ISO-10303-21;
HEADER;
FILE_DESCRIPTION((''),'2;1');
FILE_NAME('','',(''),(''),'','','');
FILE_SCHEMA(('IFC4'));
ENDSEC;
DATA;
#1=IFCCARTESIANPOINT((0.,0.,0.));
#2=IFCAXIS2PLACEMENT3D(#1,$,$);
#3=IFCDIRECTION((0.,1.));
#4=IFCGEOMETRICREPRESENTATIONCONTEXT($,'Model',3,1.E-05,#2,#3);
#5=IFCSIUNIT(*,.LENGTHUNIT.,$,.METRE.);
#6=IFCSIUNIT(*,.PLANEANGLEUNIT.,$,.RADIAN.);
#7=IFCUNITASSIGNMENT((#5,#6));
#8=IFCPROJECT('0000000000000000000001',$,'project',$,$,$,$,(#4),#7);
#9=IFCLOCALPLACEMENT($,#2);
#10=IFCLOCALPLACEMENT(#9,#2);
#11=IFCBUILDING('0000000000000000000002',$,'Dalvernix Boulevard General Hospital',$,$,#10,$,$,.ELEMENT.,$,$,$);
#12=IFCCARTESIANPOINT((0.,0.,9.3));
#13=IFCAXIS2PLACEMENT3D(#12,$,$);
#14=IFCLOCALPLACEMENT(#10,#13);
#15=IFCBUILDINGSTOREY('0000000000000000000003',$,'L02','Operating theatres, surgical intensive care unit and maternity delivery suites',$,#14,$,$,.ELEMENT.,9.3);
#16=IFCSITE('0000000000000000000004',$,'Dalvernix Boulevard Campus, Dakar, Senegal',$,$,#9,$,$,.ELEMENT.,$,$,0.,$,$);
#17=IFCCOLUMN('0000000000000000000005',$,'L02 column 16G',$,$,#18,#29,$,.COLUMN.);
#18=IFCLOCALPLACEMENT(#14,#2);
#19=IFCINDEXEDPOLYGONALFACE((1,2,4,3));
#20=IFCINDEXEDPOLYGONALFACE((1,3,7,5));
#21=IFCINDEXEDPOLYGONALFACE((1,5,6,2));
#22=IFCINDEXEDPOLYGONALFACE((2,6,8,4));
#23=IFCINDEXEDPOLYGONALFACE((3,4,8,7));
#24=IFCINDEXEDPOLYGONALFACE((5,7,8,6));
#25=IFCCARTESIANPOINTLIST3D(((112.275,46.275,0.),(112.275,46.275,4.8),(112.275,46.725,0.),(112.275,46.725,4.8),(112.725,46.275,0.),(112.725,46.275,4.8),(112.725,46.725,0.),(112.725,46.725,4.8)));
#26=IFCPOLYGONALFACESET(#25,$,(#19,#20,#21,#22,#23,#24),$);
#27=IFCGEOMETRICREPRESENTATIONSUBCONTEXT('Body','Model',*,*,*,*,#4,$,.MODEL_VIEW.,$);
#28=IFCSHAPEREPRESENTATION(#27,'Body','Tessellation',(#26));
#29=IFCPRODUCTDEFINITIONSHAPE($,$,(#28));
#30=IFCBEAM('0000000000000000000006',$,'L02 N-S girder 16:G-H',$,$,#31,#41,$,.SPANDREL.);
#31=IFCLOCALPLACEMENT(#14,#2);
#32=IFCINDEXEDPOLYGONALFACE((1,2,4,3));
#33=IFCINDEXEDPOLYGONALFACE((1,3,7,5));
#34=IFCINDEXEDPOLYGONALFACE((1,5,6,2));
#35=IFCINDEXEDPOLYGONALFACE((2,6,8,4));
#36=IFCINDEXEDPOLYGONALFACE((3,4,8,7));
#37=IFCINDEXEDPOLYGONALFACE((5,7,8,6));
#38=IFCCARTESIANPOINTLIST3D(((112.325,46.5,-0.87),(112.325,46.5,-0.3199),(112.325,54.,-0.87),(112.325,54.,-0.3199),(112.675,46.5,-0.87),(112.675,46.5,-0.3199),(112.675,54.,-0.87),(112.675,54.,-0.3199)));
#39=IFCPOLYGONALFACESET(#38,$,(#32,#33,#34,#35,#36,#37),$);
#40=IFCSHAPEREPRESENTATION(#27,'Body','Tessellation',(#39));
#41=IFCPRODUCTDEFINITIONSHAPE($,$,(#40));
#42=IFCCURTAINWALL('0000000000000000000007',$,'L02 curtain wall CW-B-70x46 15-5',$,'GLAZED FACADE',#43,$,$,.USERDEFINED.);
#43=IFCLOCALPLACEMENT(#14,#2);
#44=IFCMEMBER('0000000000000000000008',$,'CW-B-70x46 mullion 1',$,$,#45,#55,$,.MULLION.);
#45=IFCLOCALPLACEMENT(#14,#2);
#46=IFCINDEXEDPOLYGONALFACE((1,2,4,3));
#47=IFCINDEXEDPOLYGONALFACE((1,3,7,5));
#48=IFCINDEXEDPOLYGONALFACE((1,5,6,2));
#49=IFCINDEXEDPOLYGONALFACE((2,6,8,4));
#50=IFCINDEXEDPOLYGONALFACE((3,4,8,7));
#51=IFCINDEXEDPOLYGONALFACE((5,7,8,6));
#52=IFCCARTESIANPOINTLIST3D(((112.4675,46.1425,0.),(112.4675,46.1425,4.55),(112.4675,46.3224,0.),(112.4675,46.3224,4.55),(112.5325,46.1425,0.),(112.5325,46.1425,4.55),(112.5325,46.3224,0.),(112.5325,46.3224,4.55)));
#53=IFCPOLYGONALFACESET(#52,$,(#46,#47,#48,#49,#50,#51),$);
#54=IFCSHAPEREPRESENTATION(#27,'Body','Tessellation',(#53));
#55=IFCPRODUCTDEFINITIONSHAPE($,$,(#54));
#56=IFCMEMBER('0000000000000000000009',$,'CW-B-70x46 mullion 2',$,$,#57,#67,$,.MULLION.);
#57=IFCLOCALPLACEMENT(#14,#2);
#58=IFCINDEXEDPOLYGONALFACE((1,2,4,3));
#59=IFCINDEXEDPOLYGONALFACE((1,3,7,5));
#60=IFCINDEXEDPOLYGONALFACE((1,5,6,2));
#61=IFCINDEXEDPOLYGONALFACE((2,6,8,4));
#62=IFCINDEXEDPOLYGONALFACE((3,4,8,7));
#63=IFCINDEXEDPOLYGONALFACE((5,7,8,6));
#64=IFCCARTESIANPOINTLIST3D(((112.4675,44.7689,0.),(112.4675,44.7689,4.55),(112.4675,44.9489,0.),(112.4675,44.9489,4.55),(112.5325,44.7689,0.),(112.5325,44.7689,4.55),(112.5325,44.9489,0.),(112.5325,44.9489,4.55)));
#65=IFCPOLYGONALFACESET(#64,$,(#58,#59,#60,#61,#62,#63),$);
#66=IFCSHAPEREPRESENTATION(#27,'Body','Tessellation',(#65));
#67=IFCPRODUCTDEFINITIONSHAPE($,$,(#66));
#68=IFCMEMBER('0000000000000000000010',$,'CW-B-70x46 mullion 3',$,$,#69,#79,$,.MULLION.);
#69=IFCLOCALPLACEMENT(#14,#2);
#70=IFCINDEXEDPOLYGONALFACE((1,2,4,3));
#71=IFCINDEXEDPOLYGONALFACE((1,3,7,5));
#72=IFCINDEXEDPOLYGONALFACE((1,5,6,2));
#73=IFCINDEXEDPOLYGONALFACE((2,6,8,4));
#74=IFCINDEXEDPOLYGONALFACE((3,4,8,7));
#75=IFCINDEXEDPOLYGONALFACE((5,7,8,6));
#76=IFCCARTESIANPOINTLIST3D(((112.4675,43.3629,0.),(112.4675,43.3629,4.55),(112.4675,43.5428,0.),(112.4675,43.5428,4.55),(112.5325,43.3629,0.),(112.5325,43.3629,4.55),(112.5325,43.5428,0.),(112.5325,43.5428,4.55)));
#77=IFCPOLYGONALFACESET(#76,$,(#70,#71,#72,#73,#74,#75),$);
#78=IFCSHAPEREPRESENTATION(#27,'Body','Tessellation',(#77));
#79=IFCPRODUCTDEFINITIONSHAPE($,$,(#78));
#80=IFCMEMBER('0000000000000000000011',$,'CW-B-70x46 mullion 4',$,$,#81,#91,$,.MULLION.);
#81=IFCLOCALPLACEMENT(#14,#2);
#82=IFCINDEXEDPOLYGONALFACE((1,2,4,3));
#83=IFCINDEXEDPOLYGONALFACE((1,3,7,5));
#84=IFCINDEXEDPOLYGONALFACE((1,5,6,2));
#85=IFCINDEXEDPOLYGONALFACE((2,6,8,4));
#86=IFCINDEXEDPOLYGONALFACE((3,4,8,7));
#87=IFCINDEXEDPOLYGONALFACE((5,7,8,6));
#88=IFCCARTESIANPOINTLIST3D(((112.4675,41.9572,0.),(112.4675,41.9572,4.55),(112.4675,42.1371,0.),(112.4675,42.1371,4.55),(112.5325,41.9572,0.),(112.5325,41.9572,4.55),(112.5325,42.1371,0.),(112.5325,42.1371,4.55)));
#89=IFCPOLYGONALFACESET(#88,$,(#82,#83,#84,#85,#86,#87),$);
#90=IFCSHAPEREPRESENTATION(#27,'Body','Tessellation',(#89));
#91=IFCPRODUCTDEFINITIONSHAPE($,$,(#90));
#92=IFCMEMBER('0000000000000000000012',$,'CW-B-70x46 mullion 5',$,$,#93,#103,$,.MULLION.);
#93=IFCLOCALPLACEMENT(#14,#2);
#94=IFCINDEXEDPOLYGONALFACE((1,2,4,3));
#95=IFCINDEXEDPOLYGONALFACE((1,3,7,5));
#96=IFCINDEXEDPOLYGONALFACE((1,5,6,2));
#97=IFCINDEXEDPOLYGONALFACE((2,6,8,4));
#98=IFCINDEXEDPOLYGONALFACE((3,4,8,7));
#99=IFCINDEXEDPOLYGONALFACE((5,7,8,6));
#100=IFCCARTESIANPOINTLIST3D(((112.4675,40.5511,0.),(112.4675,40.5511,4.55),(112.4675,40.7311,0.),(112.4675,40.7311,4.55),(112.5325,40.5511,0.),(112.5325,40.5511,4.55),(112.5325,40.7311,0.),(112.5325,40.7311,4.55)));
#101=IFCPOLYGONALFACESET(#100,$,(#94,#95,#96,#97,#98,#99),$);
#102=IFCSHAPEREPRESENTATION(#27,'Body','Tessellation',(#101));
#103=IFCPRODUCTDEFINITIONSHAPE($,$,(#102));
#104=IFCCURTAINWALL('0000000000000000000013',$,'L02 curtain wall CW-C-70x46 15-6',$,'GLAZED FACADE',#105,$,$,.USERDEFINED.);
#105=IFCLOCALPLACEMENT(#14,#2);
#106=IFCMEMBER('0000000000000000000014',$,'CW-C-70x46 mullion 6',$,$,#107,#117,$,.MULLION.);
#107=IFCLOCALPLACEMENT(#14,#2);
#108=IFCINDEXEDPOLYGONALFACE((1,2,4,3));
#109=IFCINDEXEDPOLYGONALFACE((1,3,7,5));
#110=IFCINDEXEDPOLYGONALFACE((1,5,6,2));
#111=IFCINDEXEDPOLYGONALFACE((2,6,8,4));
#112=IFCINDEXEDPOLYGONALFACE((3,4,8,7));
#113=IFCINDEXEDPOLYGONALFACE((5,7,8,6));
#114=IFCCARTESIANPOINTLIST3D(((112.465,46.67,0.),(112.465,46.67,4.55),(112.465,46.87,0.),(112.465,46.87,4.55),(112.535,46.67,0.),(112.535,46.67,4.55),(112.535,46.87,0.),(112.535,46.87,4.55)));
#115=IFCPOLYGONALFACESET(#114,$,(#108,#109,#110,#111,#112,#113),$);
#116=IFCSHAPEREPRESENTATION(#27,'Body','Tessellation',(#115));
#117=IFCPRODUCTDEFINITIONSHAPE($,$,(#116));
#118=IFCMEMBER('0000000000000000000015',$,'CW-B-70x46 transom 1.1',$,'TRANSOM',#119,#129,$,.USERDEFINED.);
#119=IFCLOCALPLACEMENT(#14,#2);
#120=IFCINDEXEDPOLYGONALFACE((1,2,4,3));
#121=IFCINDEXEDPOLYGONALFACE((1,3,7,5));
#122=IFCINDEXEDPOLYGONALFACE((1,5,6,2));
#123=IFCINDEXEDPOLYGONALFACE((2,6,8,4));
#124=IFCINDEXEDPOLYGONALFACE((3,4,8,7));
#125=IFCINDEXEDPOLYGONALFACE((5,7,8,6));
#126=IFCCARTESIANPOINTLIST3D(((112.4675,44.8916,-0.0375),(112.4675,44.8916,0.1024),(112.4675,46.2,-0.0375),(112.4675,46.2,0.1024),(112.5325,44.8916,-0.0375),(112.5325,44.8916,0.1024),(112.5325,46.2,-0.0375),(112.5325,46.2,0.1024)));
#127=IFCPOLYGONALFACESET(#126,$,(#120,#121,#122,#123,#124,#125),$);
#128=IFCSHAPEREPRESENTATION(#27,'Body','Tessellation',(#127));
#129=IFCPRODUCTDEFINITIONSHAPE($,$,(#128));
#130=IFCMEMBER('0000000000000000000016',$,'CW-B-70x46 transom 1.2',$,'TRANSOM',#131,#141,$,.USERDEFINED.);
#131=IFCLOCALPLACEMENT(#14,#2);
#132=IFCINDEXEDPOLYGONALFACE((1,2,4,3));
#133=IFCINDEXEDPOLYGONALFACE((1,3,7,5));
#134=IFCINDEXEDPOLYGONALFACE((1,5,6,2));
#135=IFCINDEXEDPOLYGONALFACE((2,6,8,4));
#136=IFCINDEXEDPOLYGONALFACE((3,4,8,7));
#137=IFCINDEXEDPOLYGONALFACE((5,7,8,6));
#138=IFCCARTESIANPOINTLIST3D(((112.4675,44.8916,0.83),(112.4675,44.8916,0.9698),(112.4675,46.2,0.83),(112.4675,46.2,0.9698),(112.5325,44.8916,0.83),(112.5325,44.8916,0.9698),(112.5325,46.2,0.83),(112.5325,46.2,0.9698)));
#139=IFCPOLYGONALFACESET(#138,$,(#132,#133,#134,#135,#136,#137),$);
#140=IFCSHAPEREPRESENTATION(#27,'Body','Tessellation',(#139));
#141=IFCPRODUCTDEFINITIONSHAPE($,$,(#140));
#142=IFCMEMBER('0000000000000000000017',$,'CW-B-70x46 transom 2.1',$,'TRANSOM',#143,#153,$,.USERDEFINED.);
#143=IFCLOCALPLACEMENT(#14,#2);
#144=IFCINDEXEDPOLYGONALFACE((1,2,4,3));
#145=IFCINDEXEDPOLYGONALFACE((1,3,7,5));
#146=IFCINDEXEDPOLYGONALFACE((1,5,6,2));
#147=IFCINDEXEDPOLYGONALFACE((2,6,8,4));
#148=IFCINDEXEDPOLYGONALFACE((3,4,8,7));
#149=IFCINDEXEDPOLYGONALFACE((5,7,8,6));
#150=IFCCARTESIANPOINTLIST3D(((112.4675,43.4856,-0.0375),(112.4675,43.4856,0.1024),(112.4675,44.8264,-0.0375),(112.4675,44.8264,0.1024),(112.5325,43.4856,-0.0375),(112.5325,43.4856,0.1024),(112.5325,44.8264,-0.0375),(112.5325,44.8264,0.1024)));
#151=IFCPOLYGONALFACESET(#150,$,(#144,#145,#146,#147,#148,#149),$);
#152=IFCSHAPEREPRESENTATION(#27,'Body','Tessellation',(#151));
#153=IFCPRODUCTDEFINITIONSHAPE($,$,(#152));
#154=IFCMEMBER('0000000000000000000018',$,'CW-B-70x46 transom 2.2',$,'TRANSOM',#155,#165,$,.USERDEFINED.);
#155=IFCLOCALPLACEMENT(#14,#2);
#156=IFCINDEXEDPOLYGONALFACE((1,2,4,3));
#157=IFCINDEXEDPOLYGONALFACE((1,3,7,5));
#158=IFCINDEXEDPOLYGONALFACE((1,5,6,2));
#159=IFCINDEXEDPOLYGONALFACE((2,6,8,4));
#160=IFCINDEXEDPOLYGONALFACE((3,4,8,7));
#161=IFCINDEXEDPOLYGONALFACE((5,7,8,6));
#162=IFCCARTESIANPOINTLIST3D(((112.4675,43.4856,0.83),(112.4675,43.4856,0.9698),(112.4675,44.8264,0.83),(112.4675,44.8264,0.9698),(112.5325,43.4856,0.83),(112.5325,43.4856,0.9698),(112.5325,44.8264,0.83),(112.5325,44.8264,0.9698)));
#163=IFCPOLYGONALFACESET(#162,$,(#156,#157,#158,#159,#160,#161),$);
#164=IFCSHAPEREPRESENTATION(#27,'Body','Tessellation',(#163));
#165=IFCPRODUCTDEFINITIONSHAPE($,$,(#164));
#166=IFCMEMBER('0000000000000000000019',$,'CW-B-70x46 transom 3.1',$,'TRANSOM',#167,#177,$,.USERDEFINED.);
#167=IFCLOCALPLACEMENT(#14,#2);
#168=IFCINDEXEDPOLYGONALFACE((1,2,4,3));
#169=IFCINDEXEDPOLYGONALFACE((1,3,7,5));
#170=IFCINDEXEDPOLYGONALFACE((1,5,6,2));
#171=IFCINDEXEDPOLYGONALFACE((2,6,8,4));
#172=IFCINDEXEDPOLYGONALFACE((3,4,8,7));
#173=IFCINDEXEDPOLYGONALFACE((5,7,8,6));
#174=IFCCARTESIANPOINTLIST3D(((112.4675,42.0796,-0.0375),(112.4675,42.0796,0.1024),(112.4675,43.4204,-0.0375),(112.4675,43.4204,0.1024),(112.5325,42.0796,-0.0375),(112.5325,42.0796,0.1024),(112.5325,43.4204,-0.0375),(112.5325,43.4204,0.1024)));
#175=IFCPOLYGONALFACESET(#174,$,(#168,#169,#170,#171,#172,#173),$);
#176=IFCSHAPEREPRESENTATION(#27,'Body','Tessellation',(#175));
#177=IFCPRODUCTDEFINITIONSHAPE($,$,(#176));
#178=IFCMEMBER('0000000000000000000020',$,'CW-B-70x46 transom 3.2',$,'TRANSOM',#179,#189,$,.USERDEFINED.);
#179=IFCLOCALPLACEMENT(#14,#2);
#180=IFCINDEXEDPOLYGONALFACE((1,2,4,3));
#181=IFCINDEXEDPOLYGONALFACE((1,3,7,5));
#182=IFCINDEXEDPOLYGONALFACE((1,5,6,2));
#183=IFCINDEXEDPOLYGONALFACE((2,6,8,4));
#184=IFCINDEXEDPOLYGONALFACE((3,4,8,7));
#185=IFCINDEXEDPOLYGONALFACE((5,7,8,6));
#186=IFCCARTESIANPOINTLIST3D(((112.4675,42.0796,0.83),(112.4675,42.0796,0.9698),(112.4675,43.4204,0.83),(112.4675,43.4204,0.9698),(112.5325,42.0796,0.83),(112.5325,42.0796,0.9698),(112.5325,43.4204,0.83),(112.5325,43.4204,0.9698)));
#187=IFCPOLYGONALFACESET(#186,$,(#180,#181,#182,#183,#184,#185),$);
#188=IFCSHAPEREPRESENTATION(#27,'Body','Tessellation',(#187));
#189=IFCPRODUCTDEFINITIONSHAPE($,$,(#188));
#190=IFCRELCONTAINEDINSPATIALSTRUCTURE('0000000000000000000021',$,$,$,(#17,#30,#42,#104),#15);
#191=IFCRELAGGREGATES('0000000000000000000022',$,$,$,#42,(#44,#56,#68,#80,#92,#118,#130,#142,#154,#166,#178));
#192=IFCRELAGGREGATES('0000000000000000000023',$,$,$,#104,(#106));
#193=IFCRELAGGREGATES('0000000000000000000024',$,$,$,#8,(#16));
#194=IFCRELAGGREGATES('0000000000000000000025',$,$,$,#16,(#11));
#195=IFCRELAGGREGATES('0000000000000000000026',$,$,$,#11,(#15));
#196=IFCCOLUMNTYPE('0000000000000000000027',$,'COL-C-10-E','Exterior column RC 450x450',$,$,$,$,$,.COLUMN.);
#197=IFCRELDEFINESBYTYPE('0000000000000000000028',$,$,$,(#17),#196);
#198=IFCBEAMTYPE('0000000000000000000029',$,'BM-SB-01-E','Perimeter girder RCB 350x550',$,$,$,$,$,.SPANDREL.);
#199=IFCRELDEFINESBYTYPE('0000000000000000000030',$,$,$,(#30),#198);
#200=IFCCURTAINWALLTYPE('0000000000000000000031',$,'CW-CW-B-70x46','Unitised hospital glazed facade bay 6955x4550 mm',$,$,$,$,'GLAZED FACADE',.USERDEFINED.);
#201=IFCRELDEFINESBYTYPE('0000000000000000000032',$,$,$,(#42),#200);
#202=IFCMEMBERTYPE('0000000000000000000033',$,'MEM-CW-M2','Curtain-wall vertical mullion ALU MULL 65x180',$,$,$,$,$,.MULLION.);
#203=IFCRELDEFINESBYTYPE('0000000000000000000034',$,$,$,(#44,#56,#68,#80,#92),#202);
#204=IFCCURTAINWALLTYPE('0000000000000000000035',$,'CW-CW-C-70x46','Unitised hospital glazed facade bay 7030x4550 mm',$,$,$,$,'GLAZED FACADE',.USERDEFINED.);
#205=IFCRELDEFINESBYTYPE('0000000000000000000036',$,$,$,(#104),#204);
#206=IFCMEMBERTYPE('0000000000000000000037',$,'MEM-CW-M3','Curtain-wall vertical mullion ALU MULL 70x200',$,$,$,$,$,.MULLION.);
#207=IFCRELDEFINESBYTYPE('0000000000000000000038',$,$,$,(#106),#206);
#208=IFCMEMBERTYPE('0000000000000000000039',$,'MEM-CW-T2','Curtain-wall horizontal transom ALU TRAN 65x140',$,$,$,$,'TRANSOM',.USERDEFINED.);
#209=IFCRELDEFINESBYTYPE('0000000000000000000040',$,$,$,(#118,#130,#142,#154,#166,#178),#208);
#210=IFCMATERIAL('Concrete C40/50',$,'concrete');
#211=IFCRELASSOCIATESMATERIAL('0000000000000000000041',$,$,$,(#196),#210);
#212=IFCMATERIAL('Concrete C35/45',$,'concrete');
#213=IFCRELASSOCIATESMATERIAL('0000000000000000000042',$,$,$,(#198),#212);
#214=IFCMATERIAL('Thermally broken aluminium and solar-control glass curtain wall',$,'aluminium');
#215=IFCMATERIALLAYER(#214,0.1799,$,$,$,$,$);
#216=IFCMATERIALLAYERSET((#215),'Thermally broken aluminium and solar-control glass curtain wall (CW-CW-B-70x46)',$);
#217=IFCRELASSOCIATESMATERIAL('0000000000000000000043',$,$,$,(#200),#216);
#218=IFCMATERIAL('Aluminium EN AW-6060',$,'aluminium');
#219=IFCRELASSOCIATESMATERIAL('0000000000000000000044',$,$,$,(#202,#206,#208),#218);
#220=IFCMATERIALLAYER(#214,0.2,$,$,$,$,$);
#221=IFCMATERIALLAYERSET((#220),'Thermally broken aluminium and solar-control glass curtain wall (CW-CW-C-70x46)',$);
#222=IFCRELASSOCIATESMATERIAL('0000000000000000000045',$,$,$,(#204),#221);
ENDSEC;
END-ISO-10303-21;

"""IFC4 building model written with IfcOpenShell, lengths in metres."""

from ifc_helpers import new_model, si_unit, direction, frame, origin, origin_2d, place, context, subcontext, project, spatial, rectangle, extrude, material, layer, layer_set, material_profile, profile_set, type_object, element, aggregate, save


model = new_model("IFC4")

# Units and contexts
model_context = context("Model", 3, precision=1e-05, world=origin(), true_north=direction((0.0, 1.0)))
body_context = subcontext(model_context, "Body", "Model", "MODEL_VIEW")
ifc_project = project(units=[si_unit("LENGTHUNIT", "METRE"), si_unit("PLANEANGLEUNIT", "RADIAN")], contexts=[model_context])

# Site, building, storey
site_placement = place(None, origin())
site = spatial("IfcSite", under=ifc_project, at=site_placement, Name="Dalvernix Boulevard Campus, Dakar, Senegal", CompositionType="ELEMENT", RefElevation=0.0)
building_placement = place(site_placement, origin())
building = spatial("IfcBuilding", under=site, at=building_placement, Name="Dalvernix Boulevard General Hospital", CompositionType="ELEMENT")
storey_placement = place(building_placement, frame((0.0, 0.0, 9.3)))
storey = spatial("IfcBuildingStorey", under=building, at=storey_placement, Name="L02", Description="Operating theatres, surgical intensive care unit and maternity delivery suites", CompositionType="ELEMENT", Elevation=9.3)

# Column
ifc_material_1 = material(Name="Concrete C40/50", Category="concrete")
ifc_material_profile_1 = material_profile(ifc_material_1, rectangle(XDim=0.45, YDim=0.45, at=origin_2d()), Name="RC 450x450")
ifc_profile_set_1 = profile_set([ifc_material_profile_1], Name="Concrete C40/50")
column_type = type_object("IfcColumnType", Name="COL-C-10-E", Description="Exterior column RC 450x450", PredefinedType="COLUMN", material=ifc_profile_set_1)
column_placement = place(storey_placement, frame((112.5, 46.5, 0.0), z_axis=(0.0, 0.0, 1.0), x_axis=(1.0, 0.0, 0.0)))
element("IfcColumn", 1, at=column_placement, inside=storey, type_object=column_type, Name="L02 column 16G", PredefinedType="COLUMN", context=body_context, shape_type="SweptSolid", body=[
    extrude(rectangle(XDim=0.45, YDim=0.45, at=origin_2d()), origin(), (0.0, 0.0, 1.0), 4.8),
])

# Beam
ifc_material_2 = material(Name="Concrete C35/45", Category="concrete")
ifc_material_profile_2 = material_profile(ifc_material_2, rectangle(XDim=0.3501, YDim=0.55, at=origin_2d()), Name="RCB 350x550")
ifc_profile_set_2 = profile_set([ifc_material_profile_2], Name="Concrete C35/45")
beam_type = type_object("IfcBeamType", Name="BM-SB-01-E", Description="Perimeter girder RCB 350x550", PredefinedType="SPANDREL", material=ifc_profile_set_2)
beam_placement = place(storey_placement, frame((112.5, 46.5, -0.595), z_axis=(0.0, 1.0, 0.0), x_axis=(-1.0, 0.0, 0.0)))
element("IfcBeam", 2, at=beam_placement, inside=storey, type_object=beam_type, Name="L02 N-S girder 16:G-H", PredefinedType="SPANDREL", context=body_context, shape_type="SweptSolid", body=[
    extrude(rectangle(XDim=0.3501, YDim=0.55, at=origin_2d()), origin(), (0.0, 0.0, 1.0), 7.5),
])

# Curtain wall, members
ifc_material_3 = material(Name="Thermally broken aluminium and solar-control glass curtain wall", Category="aluminium")
ifc_layer_1 = layer(ifc_material_3, 0.1799)
ifc_layer_set_1 = layer_set([ifc_layer_1], Name="Thermally broken aluminium and solar-control glass curtain wall (CW-CW-B-70x46)")
curtain_wall_type_1 = type_object("IfcCurtainWallType", Name="CW-CW-B-70x46", Description="Unitised hospital glazed facade bay 6955x4550 mm", ElementType="GLAZED FACADE", PredefinedType="USERDEFINED", material=ifc_layer_set_1)
curtain_wall_1_placement = place(storey_placement, origin())
curtain_wall_1 = element("IfcCurtainWall", 3, at=curtain_wall_1_placement, inside=storey, type_object=curtain_wall_type_1, Name="L02 curtain wall CW-B-70x46 15-5", ObjectType="GLAZED FACADE", PredefinedType="USERDEFINED")
ifc_material_4 = material(Name="Aluminium EN AW-6060", Category="aluminium")
ifc_material_profile_3 = material_profile(ifc_material_4, rectangle(XDim=0.0649, YDim=0.1799, at=origin_2d()), Name="ALU MULL 65x180")
ifc_profile_set_3 = profile_set([ifc_material_profile_3], Name="Aluminium EN AW-6060")
member_type_1 = type_object("IfcMemberType", Name="MEM-CW-M2", Description="Curtain-wall vertical mullion ALU MULL 65x180", PredefinedType="MULLION", material=ifc_profile_set_3)
member_1_placement = place(storey_placement, frame((112.5, 46.2324, 0.0), z_axis=(0.0, 0.0, 1.0), x_axis=(1.0, 0.0, 0.0)))
member_1 = element("IfcMember", 4, at=member_1_placement, type_object=member_type_1, Name="CW-B-70x46 mullion 1", PredefinedType="MULLION", context=body_context, shape_type="SweptSolid", body=[
    extrude(rectangle(XDim=0.0649, YDim=0.1799, at=origin_2d()), origin(), (0.0, 0.0, 1.0), 4.55),
])
member_2_placement = place(storey_placement, frame((112.5, 44.8589, 0.0), z_axis=(0.0, 0.0, 1.0), x_axis=(1.0, 0.0, 0.0)))
member_2 = element("IfcMember", 5, at=member_2_placement, type_object=member_type_1, Name="CW-B-70x46 mullion 2", PredefinedType="MULLION", context=body_context, shape_type="SweptSolid", body=[
    extrude(rectangle(XDim=0.0649, YDim=0.1799, at=origin_2d()), origin(), (0.0, 0.0, 1.0), 4.55),
])
member_3_placement = place(storey_placement, frame((112.5, 43.4529, 0.0), z_axis=(0.0, 0.0, 1.0), x_axis=(1.0, 0.0, 0.0)))
member_3 = element("IfcMember", 6, at=member_3_placement, type_object=member_type_1, Name="CW-B-70x46 mullion 3", PredefinedType="MULLION", context=body_context, shape_type="SweptSolid", body=[
    extrude(rectangle(XDim=0.0649, YDim=0.1799, at=origin_2d()), origin(), (0.0, 0.0, 1.0), 4.55),
])
member_4_placement = place(storey_placement, frame((112.5, 42.0471, 0.0), z_axis=(0.0, 0.0, 1.0), x_axis=(1.0, 0.0, 0.0)))
member_4 = element("IfcMember", 7, at=member_4_placement, type_object=member_type_1, Name="CW-B-70x46 mullion 4", PredefinedType="MULLION", context=body_context, shape_type="SweptSolid", body=[
    extrude(rectangle(XDim=0.0649, YDim=0.1799, at=origin_2d()), origin(), (0.0, 0.0, 1.0), 4.55),
])
member_5_placement = place(storey_placement, frame((112.5, 40.6411, 0.0), z_axis=(0.0, 0.0, 1.0), x_axis=(1.0, 0.0, 0.0)))
member_5 = element("IfcMember", 8, at=member_5_placement, type_object=member_type_1, Name="CW-B-70x46 mullion 5", PredefinedType="MULLION", context=body_context, shape_type="SweptSolid", body=[
    extrude(rectangle(XDim=0.0649, YDim=0.1799, at=origin_2d()), origin(), (0.0, 0.0, 1.0), 4.55),
])

# Curtain wall, member
ifc_layer_2 = layer(ifc_material_3, 0.2)
ifc_layer_set_2 = layer_set([ifc_layer_2], Name="Thermally broken aluminium and solar-control glass curtain wall (CW-CW-C-70x46)")
curtain_wall_type_2 = type_object("IfcCurtainWallType", Name="CW-CW-C-70x46", Description="Unitised hospital glazed facade bay 7030x4550 mm", ElementType="GLAZED FACADE", PredefinedType="USERDEFINED", material=ifc_layer_set_2)
curtain_wall_2_placement = place(storey_placement, origin())
curtain_wall_2 = element("IfcCurtainWall", 9, at=curtain_wall_2_placement, inside=storey, type_object=curtain_wall_type_2, Name="L02 curtain wall CW-C-70x46 15-6", ObjectType="GLAZED FACADE", PredefinedType="USERDEFINED")
ifc_material_profile_4 = material_profile(ifc_material_4, rectangle(XDim=0.0701, YDim=0.2, at=origin_2d()), Name="ALU MULL 70x200")
ifc_profile_set_4 = profile_set([ifc_material_profile_4], Name="Aluminium EN AW-6060")
member_type_2 = type_object("IfcMemberType", Name="MEM-CW-M3", Description="Curtain-wall vertical mullion ALU MULL 70x200", PredefinedType="MULLION", material=ifc_profile_set_4)
member_6_placement = place(storey_placement, frame((112.5, 46.77, 0.0), z_axis=(0.0, 0.0, 1.0), x_axis=(1.0, 0.0, 0.0)))
member_6 = element("IfcMember", 10, at=member_6_placement, type_object=member_type_2, Name="CW-C-70x46 mullion 6", PredefinedType="MULLION", context=body_context, shape_type="SweptSolid", body=[
    extrude(rectangle(XDim=0.0701, YDim=0.2, at=origin_2d()), origin(), (0.0, 0.0, 1.0), 4.55),
])

# Members
ifc_material_profile_5 = material_profile(ifc_material_4, rectangle(XDim=0.0649, YDim=0.1399, at=origin_2d()), Name="ALU TRAN 65x140")
ifc_profile_set_5 = profile_set([ifc_material_profile_5], Name="Aluminium EN AW-6060")
member_type_3 = type_object("IfcMemberType", Name="MEM-CW-T2", Description="Curtain-wall horizontal transom ALU TRAN 65x140", ElementType="TRANSOM", PredefinedType="USERDEFINED", material=ifc_profile_set_5)
member_7_placement = place(storey_placement, frame((112.5, 46.2, 0.0325), z_axis=(0.0, -1.0, 0.0), x_axis=(1.0, 0.0, 0.0)))
member_7 = element("IfcMember", 11, at=member_7_placement, type_object=member_type_3, Name="CW-B-70x46 transom 1.1", ObjectType="TRANSOM", PredefinedType="USERDEFINED", context=body_context, shape_type="SweptSolid", body=[
    extrude(rectangle(XDim=0.0649, YDim=0.1399, at=origin_2d()), origin(), (0.0, 0.0, 1.0), 1.3083),
])
member_8_placement = place(storey_placement, frame((112.5, 46.2, 0.8999), z_axis=(0.0, -1.0, 0.0), x_axis=(1.0, 0.0, 0.0)))
member_8 = element("IfcMember", 12, at=member_8_placement, type_object=member_type_3, Name="CW-B-70x46 transom 1.2", ObjectType="TRANSOM", PredefinedType="USERDEFINED", context=body_context, shape_type="SweptSolid", body=[
    extrude(rectangle(XDim=0.0649, YDim=0.1399, at=origin_2d()), origin(), (0.0, 0.0, 1.0), 1.3083),
])
member_9_placement = place(storey_placement, frame((112.5, 44.8264, 0.0325), z_axis=(0.0, -1.0, 0.0), x_axis=(1.0, 0.0, 0.0)))
member_9 = element("IfcMember", 13, at=member_9_placement, type_object=member_type_3, Name="CW-B-70x46 transom 2.1", ObjectType="TRANSOM", PredefinedType="USERDEFINED", context=body_context, shape_type="SweptSolid", body=[
    extrude(rectangle(XDim=0.0649, YDim=0.1399, at=origin_2d()), origin(), (0.0, 0.0, 1.0), 1.3408),
])
member_10_placement = place(storey_placement, frame((112.5, 44.8264, 0.8999), z_axis=(0.0, -1.0, 0.0), x_axis=(1.0, 0.0, 0.0)))
member_10 = element("IfcMember", 14, at=member_10_placement, type_object=member_type_3, Name="CW-B-70x46 transom 2.2", ObjectType="TRANSOM", PredefinedType="USERDEFINED", context=body_context, shape_type="SweptSolid", body=[
    extrude(rectangle(XDim=0.0649, YDim=0.1399, at=origin_2d()), origin(), (0.0, 0.0, 1.0), 1.3408),
])
member_11_placement = place(storey_placement, frame((112.5, 43.4204, 0.0325), z_axis=(0.0, -1.0, 0.0), x_axis=(1.0, 0.0, 0.0)))
member_11 = element("IfcMember", 15, at=member_11_placement, type_object=member_type_3, Name="CW-B-70x46 transom 3.1", ObjectType="TRANSOM", PredefinedType="USERDEFINED", context=body_context, shape_type="SweptSolid", body=[
    extrude(rectangle(XDim=0.0649, YDim=0.1399, at=origin_2d()), origin(), (0.0, 0.0, 1.0), 1.3408),
])
member_12_placement = place(storey_placement, frame((112.5, 43.4204, 0.8999), z_axis=(0.0, -1.0, 0.0), x_axis=(1.0, 0.0, 0.0)))
member_12 = element("IfcMember", 16, at=member_12_placement, type_object=member_type_3, Name="CW-B-70x46 transom 3.2", ObjectType="TRANSOM", PredefinedType="USERDEFINED", context=body_context, shape_type="SweptSolid", body=[
    extrude(rectangle(XDim=0.0649, YDim=0.1399, at=origin_2d()), origin(), (0.0, 0.0, 1.0), 1.3408),
])

aggregate(curtain_wall_1, [member_1, member_2, member_3, member_4, member_5, member_7, member_8, member_9, member_10, member_11, member_12])
aggregate(curtain_wall_2, [member_6])

save(model, "model.ifc")
